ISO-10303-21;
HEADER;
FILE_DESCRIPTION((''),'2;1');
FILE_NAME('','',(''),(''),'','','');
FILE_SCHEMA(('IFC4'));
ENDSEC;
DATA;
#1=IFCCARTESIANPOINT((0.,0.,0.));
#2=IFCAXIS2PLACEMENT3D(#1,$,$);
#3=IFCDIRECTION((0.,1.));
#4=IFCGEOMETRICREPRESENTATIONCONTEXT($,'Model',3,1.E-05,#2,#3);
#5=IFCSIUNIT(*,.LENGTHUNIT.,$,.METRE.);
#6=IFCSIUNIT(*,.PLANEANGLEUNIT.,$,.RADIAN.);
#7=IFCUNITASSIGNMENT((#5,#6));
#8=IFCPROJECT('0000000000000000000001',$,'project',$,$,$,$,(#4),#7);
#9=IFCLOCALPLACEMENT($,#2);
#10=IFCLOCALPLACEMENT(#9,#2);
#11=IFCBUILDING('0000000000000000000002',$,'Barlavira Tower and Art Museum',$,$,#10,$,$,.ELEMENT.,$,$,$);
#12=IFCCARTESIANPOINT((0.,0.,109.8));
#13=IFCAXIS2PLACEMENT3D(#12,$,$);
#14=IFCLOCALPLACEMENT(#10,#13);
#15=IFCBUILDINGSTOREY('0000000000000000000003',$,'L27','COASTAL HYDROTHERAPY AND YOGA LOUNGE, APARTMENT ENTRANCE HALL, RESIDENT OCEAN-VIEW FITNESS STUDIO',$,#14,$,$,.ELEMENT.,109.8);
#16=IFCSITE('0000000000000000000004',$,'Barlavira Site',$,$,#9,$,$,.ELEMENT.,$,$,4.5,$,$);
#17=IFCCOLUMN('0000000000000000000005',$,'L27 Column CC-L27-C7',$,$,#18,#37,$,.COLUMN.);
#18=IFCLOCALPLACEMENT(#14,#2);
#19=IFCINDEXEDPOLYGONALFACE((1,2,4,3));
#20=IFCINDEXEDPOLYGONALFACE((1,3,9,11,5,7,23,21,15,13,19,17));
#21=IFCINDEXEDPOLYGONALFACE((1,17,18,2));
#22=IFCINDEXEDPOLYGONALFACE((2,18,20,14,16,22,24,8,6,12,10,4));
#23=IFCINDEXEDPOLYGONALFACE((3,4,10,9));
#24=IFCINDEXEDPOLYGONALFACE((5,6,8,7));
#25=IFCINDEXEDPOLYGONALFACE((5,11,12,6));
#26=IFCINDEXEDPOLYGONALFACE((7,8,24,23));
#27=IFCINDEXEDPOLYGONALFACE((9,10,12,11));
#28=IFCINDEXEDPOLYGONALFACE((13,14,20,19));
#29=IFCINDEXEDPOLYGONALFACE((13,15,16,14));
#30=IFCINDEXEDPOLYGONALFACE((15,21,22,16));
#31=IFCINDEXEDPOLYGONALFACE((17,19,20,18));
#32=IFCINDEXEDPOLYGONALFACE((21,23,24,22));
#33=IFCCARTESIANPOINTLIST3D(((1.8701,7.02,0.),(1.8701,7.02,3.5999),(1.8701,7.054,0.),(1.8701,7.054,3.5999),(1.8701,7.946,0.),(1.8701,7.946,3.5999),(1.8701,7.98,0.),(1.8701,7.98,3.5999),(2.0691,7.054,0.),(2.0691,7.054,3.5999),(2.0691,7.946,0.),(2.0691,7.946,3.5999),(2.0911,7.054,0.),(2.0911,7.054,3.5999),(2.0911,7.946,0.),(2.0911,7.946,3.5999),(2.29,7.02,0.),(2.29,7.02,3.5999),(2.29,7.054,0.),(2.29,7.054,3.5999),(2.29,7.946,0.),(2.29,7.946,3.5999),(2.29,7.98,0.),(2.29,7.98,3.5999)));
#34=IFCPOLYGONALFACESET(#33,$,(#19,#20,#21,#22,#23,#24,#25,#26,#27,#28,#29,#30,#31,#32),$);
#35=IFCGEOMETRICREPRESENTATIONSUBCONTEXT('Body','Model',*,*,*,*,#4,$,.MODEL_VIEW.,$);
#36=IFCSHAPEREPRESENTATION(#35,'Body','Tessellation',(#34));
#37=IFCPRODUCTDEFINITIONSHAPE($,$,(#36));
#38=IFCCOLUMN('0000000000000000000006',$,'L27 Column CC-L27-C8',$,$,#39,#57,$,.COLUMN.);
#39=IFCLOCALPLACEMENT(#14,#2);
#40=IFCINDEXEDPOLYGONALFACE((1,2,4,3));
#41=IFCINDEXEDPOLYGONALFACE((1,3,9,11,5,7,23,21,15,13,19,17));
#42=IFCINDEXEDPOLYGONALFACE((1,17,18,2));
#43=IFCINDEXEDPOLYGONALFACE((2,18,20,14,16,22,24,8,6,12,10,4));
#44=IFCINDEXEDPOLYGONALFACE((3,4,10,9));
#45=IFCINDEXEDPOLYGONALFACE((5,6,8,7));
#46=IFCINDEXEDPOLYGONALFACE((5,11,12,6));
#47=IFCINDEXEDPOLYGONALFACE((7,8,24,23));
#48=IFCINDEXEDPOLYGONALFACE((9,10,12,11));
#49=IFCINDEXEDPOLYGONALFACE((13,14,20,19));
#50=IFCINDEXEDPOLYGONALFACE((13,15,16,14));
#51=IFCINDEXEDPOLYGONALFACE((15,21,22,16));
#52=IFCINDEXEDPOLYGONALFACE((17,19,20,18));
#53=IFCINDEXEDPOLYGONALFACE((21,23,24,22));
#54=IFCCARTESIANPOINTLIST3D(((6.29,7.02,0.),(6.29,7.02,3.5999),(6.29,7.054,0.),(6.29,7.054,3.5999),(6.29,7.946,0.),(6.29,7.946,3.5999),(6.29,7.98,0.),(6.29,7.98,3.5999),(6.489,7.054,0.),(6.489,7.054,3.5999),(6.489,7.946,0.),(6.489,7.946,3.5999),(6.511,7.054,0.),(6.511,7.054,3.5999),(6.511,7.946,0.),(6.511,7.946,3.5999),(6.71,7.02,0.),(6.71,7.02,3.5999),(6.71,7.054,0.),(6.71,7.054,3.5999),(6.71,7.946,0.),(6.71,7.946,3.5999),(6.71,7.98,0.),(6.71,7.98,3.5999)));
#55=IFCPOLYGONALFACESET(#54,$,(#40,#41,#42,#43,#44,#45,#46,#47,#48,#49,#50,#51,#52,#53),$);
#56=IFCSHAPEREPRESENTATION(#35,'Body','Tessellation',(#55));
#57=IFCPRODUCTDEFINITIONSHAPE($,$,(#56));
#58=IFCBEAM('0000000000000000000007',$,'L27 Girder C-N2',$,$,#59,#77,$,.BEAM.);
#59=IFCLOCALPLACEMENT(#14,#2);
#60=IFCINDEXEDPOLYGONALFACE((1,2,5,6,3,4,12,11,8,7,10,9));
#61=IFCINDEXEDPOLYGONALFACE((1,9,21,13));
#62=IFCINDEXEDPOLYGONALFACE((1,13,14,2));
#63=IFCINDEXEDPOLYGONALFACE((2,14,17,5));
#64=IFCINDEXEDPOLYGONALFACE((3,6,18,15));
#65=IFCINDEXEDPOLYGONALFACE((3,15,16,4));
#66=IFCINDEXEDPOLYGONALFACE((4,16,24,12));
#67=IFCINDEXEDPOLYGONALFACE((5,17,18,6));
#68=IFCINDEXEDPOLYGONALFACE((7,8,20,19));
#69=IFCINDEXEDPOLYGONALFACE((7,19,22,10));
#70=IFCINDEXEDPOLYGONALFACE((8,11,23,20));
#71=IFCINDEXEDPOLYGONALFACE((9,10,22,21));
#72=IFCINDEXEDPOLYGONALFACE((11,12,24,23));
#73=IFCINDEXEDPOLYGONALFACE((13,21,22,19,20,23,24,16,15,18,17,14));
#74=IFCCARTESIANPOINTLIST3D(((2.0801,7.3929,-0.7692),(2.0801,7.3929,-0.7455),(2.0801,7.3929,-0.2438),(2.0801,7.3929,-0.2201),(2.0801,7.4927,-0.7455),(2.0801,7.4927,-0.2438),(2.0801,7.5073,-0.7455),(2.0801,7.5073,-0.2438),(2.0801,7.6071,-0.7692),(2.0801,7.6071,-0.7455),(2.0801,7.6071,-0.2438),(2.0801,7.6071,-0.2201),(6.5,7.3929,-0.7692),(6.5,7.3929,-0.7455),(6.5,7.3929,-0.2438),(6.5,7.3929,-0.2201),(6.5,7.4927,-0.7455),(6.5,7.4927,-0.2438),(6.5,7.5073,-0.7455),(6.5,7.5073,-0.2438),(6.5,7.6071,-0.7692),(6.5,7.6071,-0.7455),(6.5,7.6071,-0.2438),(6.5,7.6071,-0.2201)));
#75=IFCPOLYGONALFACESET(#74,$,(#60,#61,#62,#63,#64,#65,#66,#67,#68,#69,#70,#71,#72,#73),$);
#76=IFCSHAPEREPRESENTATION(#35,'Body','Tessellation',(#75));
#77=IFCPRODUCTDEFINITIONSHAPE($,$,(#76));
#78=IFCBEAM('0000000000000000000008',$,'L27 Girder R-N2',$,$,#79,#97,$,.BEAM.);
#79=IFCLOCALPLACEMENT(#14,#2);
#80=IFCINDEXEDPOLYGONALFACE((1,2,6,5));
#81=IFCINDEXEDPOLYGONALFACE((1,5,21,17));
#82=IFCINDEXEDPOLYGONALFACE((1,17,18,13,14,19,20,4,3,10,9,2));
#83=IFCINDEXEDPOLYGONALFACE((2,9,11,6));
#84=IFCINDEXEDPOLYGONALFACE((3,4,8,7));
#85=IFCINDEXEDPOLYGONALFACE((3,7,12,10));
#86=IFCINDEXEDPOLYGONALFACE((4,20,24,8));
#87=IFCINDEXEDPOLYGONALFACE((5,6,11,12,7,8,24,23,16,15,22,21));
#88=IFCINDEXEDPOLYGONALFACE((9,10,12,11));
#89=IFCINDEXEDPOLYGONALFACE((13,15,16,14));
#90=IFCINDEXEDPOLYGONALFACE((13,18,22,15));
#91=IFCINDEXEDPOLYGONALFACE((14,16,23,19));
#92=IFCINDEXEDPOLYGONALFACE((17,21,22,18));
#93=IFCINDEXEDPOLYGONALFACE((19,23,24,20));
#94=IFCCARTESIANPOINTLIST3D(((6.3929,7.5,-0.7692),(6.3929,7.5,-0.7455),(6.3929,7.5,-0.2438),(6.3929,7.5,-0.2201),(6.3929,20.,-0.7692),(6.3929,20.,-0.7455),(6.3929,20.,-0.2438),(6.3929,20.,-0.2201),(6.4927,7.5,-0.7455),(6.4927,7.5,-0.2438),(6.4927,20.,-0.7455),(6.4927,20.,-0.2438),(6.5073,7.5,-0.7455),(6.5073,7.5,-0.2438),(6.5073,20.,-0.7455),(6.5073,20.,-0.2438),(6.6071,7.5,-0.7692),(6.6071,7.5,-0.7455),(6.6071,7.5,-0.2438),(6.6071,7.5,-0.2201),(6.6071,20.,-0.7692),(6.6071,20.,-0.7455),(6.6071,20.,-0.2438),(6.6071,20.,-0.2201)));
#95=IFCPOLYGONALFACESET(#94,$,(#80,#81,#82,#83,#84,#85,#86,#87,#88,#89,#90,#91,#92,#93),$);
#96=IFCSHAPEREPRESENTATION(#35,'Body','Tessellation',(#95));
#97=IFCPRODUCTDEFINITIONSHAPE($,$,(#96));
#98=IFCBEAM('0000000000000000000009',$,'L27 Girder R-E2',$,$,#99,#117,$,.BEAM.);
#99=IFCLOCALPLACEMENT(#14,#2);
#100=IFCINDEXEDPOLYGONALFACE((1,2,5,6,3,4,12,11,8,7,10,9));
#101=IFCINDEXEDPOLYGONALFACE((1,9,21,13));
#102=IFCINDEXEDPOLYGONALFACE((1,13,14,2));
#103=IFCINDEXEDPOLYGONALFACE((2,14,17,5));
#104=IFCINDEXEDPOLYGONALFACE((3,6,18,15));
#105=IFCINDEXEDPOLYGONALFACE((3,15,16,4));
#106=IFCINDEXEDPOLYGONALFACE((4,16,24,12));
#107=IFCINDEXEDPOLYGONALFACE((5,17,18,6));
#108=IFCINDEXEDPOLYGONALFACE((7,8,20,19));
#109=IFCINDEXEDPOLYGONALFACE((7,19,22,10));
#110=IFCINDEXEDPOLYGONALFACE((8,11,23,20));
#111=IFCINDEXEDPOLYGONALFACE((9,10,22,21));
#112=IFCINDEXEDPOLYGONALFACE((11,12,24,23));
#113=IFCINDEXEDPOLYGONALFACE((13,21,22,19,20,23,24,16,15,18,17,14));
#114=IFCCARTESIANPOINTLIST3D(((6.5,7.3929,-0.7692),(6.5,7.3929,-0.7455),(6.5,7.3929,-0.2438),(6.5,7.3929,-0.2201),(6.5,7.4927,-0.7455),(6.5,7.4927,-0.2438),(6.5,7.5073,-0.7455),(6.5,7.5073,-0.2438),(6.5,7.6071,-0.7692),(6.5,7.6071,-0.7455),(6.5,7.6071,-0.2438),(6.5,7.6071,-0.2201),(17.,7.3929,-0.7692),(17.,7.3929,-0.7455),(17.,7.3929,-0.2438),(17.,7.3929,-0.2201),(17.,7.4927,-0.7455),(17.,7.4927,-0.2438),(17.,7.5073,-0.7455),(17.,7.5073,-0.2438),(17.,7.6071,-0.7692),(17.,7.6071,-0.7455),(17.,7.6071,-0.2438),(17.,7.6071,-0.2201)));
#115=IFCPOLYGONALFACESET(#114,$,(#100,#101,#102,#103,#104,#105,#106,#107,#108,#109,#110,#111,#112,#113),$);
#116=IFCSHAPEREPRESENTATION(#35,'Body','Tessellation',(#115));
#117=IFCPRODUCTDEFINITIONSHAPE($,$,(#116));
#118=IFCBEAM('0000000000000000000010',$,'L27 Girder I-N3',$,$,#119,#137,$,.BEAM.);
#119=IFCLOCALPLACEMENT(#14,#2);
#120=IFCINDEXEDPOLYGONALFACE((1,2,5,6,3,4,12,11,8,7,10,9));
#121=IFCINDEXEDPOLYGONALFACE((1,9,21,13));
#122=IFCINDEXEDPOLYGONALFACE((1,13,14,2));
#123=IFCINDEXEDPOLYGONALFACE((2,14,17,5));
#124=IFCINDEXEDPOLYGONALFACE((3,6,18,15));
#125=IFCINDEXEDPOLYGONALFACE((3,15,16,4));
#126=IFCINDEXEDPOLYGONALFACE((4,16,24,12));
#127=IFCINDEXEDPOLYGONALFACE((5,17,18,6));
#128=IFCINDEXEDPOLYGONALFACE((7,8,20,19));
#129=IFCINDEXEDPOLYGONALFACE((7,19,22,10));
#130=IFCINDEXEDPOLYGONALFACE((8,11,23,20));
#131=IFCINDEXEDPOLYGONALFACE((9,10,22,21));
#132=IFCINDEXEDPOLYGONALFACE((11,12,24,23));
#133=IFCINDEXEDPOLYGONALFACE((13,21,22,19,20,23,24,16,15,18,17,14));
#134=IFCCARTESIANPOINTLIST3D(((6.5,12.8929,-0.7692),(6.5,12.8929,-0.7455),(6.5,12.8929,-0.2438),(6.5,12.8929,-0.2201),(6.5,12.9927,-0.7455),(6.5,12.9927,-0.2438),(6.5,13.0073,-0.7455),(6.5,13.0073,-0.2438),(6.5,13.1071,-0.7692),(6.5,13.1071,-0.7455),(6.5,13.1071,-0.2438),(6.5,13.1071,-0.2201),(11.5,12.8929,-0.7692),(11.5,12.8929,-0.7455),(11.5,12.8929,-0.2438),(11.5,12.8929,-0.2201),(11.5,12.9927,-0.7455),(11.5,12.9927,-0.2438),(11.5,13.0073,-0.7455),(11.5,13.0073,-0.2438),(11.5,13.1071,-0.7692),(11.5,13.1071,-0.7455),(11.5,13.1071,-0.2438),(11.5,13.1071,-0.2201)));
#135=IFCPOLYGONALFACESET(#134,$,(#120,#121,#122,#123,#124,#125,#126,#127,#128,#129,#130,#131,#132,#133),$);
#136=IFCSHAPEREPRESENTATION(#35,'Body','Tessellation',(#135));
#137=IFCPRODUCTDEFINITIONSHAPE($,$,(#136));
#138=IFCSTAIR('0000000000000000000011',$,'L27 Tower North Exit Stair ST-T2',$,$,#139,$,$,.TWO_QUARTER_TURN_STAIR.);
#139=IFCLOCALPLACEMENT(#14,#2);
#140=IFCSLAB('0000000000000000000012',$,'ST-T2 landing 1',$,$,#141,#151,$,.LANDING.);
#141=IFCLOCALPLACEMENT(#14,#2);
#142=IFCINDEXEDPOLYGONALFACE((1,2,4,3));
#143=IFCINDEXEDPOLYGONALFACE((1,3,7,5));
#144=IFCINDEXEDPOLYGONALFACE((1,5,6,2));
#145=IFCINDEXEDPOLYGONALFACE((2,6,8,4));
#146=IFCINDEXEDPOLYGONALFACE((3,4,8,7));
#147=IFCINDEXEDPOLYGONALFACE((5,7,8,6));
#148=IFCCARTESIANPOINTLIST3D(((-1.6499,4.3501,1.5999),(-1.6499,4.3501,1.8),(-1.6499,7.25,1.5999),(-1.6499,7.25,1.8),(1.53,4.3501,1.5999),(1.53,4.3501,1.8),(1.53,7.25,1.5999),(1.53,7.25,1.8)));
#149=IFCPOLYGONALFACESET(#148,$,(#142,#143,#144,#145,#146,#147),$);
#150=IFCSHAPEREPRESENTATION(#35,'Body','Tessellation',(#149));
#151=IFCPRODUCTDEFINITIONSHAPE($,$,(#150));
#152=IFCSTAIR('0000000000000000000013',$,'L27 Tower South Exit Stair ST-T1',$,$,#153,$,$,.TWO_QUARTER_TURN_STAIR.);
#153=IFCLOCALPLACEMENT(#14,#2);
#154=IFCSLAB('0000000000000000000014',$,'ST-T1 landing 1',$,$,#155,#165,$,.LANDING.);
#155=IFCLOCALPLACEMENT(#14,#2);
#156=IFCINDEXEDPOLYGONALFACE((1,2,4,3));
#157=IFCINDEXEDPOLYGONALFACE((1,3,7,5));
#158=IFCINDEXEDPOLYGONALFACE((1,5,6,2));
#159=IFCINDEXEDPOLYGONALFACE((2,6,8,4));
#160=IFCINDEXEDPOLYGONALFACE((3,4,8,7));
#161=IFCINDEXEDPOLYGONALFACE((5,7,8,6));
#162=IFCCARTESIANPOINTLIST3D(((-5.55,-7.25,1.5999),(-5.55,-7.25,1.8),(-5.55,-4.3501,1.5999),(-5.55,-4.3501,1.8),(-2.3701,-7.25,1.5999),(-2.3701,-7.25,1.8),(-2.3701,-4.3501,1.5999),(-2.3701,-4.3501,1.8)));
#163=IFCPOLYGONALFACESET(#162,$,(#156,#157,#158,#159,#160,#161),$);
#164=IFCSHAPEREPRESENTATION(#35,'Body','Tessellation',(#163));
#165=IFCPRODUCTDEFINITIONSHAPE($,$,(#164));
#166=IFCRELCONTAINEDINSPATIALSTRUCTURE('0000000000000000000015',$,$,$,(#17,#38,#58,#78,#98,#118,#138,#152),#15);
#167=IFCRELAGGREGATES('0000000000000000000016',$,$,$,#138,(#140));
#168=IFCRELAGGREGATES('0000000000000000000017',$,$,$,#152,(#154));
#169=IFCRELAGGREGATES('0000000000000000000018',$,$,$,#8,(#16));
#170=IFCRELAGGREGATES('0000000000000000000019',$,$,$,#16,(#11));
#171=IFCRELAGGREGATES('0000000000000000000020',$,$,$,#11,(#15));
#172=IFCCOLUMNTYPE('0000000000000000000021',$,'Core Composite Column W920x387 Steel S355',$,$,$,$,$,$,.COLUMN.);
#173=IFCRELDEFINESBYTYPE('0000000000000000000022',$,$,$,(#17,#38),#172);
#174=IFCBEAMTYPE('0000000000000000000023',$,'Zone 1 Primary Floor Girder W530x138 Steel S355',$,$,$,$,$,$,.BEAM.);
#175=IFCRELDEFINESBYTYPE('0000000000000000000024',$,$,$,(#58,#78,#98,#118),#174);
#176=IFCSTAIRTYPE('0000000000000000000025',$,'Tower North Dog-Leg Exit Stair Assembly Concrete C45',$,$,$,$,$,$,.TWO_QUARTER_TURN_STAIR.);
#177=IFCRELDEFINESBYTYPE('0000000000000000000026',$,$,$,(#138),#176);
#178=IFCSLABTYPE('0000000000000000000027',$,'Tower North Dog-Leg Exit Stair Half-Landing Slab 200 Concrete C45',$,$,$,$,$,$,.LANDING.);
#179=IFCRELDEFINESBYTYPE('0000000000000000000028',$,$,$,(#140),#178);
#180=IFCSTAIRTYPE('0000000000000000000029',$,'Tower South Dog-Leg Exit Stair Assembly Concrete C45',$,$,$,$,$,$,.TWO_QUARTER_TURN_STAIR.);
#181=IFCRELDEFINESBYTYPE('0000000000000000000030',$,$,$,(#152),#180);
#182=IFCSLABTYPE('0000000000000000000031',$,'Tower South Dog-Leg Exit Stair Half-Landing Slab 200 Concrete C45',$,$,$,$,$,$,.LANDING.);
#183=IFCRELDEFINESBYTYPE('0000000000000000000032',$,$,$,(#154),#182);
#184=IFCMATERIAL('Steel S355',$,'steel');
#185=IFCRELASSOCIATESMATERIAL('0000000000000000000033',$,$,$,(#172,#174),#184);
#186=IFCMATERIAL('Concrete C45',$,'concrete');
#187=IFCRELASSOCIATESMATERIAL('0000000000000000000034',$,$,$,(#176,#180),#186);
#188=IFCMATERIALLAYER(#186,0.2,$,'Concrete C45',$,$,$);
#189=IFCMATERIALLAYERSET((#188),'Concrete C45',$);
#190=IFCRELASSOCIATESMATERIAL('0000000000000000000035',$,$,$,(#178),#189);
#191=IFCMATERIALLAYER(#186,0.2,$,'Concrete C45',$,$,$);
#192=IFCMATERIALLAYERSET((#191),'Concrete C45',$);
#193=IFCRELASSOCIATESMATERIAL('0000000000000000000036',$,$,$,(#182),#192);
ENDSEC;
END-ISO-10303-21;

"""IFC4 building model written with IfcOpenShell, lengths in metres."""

from ifc_helpers import new_model, si_unit, direction, frame, origin, origin_2d, place, context, subcontext, project, spatial, polyline, i_section, outline, extrude, material, layer, layer_set, material_profile, profile_set, type_object, element, aggregate, save


model = new_model("IFC4")

# Units and contexts
model_context = context("Model", 3, precision=1e-05, world=origin(), true_north=direction((0.0, 1.0)))
body_context = subcontext(model_context, "Body", "Model", "MODEL_VIEW")
ifc_project = project(units=[si_unit("LENGTHUNIT", "METRE"), si_unit("PLANEANGLEUNIT", "RADIAN")], contexts=[model_context])

# Site, building, storey
site_placement = place(None, origin())
site = spatial("IfcSite", under=ifc_project, at=site_placement, Name="Barlavira Site", CompositionType="ELEMENT", RefElevation=4.5)
building_placement = place(site_placement, origin())
building = spatial("IfcBuilding", under=site, at=building_placement, Name="Barlavira Tower and Art Museum", CompositionType="ELEMENT")
storey_placement = place(building_placement, frame((0.0, 0.0, 109.8)))
storey = spatial("IfcBuildingStorey", under=building, at=storey_placement, Name="L27", Description="COASTAL HYDROTHERAPY AND YOGA LOUNGE, APARTMENT ENTRANCE HALL, RESIDENT OCEAN-VIEW FITNESS STUDIO", CompositionType="ELEMENT", Elevation=109.8)

# Columns
ifc_material_1 = material(Name="Steel S355", Category="steel")
ifc_material_profile_1 = material_profile(ifc_material_1, i_section(OverallWidth=0.4199, OverallDepth=0.96, WebThickness=0.022, FlangeThickness=0.0339, at=origin_2d()), Name="W920x387.0")
ifc_profile_set_1 = profile_set([ifc_material_profile_1], Name="Steel S355")
column_type = type_object("IfcColumnType", Name="Core Composite Column W920x387 Steel S355", PredefinedType="COLUMN", material=ifc_profile_set_1)
for number, where, z_axis, x_axis, name in (
    (1, (2.0801, 7.5, 0.0), (0.0, 0.0, 1.0), (1.0, 0.0, 0.0), "L27 Column CC-L27-C7"),
    (2, (6.5, 7.5, 0.0), (0.0, 0.0, 1.0), (1.0, 0.0, 0.0), "L27 Column CC-L27-C8"),
):
    element("IfcColumn", number, at=place(storey_placement, frame(where, z_axis=z_axis, x_axis=x_axis)), inside=storey, type_object=column_type, Name=name, PredefinedType="COLUMN", context=body_context, shape_type="SweptSolid", body=[
        extrude(i_section(OverallWidth=0.4199, OverallDepth=0.96, WebThickness=0.022, FlangeThickness=0.0339, at=origin_2d()), origin(), (0.0, 0.0, 1.0), 3.5999),
    ])

# Beams
ifc_material_profile_2 = material_profile(ifc_material_1, i_section(OverallWidth=0.2141, OverallDepth=0.5491, WebThickness=0.0146, FlangeThickness=0.0237, at=origin_2d()), Name="W530x138.0")
ifc_profile_set_2 = profile_set([ifc_material_profile_2], Name="Steel S355")
beam_type = type_object("IfcBeamType", Name="Zone 1 Primary Floor Girder W530x138 Steel S355", PredefinedType="BEAM", material=ifc_profile_set_2)
beam_1_placement = place(storey_placement, frame((2.0801, 7.5, -0.4946), z_axis=(1.0, 0.0, 0.0), x_axis=(0.0, 1.0, 0.0)))
element("IfcBeam", 3, at=beam_1_placement, inside=storey, type_object=beam_type, Name="L27 Girder C-N2", PredefinedType="BEAM", context=body_context, shape_type="SweptSolid", body=[
    extrude(i_section(OverallWidth=0.2141, OverallDepth=0.5491, WebThickness=0.0146, FlangeThickness=0.0237, at=origin_2d()), origin(), (0.0, 0.0, 1.0), 4.4199),
])
beam_2_placement = place(storey_placement, frame((6.5, 7.5, -0.4946), z_axis=(0.0, 1.0, 0.0), x_axis=(-1.0, 0.0, 0.0)))
element("IfcBeam", 4, at=beam_2_placement, inside=storey, type_object=beam_type, Name="L27 Girder R-N2", PredefinedType="BEAM", context=body_context, shape_type="SweptSolid", body=[
    extrude(i_section(OverallWidth=0.2141, OverallDepth=0.5491, WebThickness=0.0146, FlangeThickness=0.0237, at=origin_2d()), origin(), (0.0, 0.0, 1.0), 12.5),
])
beam_3_placement = place(storey_placement, frame((6.5, 7.5, -0.4946), z_axis=(1.0, 0.0, 0.0), x_axis=(0.0, 1.0, 0.0)))
element("IfcBeam", 5, at=beam_3_placement, inside=storey, type_object=beam_type, Name="L27 Girder R-E2", PredefinedType="BEAM", context=body_context, shape_type="SweptSolid", body=[
    extrude(i_section(OverallWidth=0.2141, OverallDepth=0.5491, WebThickness=0.0146, FlangeThickness=0.0237, at=origin_2d()), origin(), (0.0, 0.0, 1.0), 10.5),
])
beam_4_placement = place(storey_placement, frame((6.5, 13.0, -0.4946), z_axis=(1.0, 0.0, 0.0), x_axis=(0.0, 1.0, 0.0)))
element("IfcBeam", 6, at=beam_4_placement, inside=storey, type_object=beam_type, Name="L27 Girder I-N3", PredefinedType="BEAM", context=body_context, shape_type="SweptSolid", body=[
    extrude(i_section(OverallWidth=0.2141, OverallDepth=0.5491, WebThickness=0.0146, FlangeThickness=0.0237, at=origin_2d()), origin(), (0.0, 0.0, 1.0), 5.0),
])

# Stairs, slabs
ifc_material_2 = material(Name="Concrete C45", Category="concrete")
stair_type_1 = type_object("IfcStairType", Name="Tower North Dog-Leg Exit Stair Assembly Concrete C45", PredefinedType="TWO_QUARTER_TURN_STAIR", material=ifc_material_2)
stair_1_placement = place(storey_placement, origin())
stair_1 = element("IfcStair", 7, at=stair_1_placement, inside=storey, type_object=stair_type_1, Name="L27 Tower North Exit Stair ST-T2", PredefinedType="TWO_QUARTER_TURN_STAIR")
ifc_layer_1 = layer(ifc_material_2, 0.2, Name="Concrete C45")
ifc_layer_set_1 = layer_set([ifc_layer_1], Name="Concrete C45")
slab_type_1 = type_object("IfcSlabType", Name="Tower North Dog-Leg Exit Stair Half-Landing Slab 200 Concrete C45", PredefinedType="LANDING", material=ifc_layer_set_1)
slab_1_placement = place(storey_placement, frame((0.0, 0.0, 1.5999)))
slab_1 = element("IfcSlab", 8, at=slab_1_placement, type_object=slab_type_1, Name="ST-T2 landing 1", PredefinedType="LANDING", context=body_context, shape_type="SweptSolid", body=[
    extrude(outline(polyline([(-1.6499, 4.3501), (1.53, 4.3501), (1.53, 7.25), (-1.6499, 7.25), (-1.6499, 4.3501)])), origin(), (0.0, 0.0, 1.0), 0.2002),
])
aggregate(stair_1, [slab_1])
stair_type_2 = type_object("IfcStairType", Name="Tower South Dog-Leg Exit Stair Assembly Concrete C45", PredefinedType="TWO_QUARTER_TURN_STAIR", material=ifc_material_2)
stair_2_placement = place(storey_placement, origin())
stair_2 = element("IfcStair", 9, at=stair_2_placement, inside=storey, type_object=stair_type_2, Name="L27 Tower South Exit Stair ST-T1", PredefinedType="TWO_QUARTER_TURN_STAIR")
ifc_layer_2 = layer(ifc_material_2, 0.2, Name="Concrete C45")
ifc_layer_set_2 = layer_set([ifc_layer_2], Name="Concrete C45")
slab_type_2 = type_object("IfcSlabType", Name="Tower South Dog-Leg Exit Stair Half-Landing Slab 200 Concrete C45", PredefinedType="LANDING", material=ifc_layer_set_2)
slab_2_placement = place(storey_placement, frame((0.0, 0.0, 1.5999)))
slab_2 = element("IfcSlab", 10, at=slab_2_placement, type_object=slab_type_2, Name="ST-T1 landing 1", PredefinedType="LANDING", context=body_context, shape_type="SweptSolid", body=[
    extrude(outline(polyline([(-2.3701, -4.3501), (-5.55, -4.3501), (-5.55, -7.25), (-2.3701, -7.25), (-2.3701, -4.3501)])), origin(), (0.0, 0.0, 1.0), 0.2002),
])
aggregate(stair_2, [slab_2])

save(model, "model.ifc")
